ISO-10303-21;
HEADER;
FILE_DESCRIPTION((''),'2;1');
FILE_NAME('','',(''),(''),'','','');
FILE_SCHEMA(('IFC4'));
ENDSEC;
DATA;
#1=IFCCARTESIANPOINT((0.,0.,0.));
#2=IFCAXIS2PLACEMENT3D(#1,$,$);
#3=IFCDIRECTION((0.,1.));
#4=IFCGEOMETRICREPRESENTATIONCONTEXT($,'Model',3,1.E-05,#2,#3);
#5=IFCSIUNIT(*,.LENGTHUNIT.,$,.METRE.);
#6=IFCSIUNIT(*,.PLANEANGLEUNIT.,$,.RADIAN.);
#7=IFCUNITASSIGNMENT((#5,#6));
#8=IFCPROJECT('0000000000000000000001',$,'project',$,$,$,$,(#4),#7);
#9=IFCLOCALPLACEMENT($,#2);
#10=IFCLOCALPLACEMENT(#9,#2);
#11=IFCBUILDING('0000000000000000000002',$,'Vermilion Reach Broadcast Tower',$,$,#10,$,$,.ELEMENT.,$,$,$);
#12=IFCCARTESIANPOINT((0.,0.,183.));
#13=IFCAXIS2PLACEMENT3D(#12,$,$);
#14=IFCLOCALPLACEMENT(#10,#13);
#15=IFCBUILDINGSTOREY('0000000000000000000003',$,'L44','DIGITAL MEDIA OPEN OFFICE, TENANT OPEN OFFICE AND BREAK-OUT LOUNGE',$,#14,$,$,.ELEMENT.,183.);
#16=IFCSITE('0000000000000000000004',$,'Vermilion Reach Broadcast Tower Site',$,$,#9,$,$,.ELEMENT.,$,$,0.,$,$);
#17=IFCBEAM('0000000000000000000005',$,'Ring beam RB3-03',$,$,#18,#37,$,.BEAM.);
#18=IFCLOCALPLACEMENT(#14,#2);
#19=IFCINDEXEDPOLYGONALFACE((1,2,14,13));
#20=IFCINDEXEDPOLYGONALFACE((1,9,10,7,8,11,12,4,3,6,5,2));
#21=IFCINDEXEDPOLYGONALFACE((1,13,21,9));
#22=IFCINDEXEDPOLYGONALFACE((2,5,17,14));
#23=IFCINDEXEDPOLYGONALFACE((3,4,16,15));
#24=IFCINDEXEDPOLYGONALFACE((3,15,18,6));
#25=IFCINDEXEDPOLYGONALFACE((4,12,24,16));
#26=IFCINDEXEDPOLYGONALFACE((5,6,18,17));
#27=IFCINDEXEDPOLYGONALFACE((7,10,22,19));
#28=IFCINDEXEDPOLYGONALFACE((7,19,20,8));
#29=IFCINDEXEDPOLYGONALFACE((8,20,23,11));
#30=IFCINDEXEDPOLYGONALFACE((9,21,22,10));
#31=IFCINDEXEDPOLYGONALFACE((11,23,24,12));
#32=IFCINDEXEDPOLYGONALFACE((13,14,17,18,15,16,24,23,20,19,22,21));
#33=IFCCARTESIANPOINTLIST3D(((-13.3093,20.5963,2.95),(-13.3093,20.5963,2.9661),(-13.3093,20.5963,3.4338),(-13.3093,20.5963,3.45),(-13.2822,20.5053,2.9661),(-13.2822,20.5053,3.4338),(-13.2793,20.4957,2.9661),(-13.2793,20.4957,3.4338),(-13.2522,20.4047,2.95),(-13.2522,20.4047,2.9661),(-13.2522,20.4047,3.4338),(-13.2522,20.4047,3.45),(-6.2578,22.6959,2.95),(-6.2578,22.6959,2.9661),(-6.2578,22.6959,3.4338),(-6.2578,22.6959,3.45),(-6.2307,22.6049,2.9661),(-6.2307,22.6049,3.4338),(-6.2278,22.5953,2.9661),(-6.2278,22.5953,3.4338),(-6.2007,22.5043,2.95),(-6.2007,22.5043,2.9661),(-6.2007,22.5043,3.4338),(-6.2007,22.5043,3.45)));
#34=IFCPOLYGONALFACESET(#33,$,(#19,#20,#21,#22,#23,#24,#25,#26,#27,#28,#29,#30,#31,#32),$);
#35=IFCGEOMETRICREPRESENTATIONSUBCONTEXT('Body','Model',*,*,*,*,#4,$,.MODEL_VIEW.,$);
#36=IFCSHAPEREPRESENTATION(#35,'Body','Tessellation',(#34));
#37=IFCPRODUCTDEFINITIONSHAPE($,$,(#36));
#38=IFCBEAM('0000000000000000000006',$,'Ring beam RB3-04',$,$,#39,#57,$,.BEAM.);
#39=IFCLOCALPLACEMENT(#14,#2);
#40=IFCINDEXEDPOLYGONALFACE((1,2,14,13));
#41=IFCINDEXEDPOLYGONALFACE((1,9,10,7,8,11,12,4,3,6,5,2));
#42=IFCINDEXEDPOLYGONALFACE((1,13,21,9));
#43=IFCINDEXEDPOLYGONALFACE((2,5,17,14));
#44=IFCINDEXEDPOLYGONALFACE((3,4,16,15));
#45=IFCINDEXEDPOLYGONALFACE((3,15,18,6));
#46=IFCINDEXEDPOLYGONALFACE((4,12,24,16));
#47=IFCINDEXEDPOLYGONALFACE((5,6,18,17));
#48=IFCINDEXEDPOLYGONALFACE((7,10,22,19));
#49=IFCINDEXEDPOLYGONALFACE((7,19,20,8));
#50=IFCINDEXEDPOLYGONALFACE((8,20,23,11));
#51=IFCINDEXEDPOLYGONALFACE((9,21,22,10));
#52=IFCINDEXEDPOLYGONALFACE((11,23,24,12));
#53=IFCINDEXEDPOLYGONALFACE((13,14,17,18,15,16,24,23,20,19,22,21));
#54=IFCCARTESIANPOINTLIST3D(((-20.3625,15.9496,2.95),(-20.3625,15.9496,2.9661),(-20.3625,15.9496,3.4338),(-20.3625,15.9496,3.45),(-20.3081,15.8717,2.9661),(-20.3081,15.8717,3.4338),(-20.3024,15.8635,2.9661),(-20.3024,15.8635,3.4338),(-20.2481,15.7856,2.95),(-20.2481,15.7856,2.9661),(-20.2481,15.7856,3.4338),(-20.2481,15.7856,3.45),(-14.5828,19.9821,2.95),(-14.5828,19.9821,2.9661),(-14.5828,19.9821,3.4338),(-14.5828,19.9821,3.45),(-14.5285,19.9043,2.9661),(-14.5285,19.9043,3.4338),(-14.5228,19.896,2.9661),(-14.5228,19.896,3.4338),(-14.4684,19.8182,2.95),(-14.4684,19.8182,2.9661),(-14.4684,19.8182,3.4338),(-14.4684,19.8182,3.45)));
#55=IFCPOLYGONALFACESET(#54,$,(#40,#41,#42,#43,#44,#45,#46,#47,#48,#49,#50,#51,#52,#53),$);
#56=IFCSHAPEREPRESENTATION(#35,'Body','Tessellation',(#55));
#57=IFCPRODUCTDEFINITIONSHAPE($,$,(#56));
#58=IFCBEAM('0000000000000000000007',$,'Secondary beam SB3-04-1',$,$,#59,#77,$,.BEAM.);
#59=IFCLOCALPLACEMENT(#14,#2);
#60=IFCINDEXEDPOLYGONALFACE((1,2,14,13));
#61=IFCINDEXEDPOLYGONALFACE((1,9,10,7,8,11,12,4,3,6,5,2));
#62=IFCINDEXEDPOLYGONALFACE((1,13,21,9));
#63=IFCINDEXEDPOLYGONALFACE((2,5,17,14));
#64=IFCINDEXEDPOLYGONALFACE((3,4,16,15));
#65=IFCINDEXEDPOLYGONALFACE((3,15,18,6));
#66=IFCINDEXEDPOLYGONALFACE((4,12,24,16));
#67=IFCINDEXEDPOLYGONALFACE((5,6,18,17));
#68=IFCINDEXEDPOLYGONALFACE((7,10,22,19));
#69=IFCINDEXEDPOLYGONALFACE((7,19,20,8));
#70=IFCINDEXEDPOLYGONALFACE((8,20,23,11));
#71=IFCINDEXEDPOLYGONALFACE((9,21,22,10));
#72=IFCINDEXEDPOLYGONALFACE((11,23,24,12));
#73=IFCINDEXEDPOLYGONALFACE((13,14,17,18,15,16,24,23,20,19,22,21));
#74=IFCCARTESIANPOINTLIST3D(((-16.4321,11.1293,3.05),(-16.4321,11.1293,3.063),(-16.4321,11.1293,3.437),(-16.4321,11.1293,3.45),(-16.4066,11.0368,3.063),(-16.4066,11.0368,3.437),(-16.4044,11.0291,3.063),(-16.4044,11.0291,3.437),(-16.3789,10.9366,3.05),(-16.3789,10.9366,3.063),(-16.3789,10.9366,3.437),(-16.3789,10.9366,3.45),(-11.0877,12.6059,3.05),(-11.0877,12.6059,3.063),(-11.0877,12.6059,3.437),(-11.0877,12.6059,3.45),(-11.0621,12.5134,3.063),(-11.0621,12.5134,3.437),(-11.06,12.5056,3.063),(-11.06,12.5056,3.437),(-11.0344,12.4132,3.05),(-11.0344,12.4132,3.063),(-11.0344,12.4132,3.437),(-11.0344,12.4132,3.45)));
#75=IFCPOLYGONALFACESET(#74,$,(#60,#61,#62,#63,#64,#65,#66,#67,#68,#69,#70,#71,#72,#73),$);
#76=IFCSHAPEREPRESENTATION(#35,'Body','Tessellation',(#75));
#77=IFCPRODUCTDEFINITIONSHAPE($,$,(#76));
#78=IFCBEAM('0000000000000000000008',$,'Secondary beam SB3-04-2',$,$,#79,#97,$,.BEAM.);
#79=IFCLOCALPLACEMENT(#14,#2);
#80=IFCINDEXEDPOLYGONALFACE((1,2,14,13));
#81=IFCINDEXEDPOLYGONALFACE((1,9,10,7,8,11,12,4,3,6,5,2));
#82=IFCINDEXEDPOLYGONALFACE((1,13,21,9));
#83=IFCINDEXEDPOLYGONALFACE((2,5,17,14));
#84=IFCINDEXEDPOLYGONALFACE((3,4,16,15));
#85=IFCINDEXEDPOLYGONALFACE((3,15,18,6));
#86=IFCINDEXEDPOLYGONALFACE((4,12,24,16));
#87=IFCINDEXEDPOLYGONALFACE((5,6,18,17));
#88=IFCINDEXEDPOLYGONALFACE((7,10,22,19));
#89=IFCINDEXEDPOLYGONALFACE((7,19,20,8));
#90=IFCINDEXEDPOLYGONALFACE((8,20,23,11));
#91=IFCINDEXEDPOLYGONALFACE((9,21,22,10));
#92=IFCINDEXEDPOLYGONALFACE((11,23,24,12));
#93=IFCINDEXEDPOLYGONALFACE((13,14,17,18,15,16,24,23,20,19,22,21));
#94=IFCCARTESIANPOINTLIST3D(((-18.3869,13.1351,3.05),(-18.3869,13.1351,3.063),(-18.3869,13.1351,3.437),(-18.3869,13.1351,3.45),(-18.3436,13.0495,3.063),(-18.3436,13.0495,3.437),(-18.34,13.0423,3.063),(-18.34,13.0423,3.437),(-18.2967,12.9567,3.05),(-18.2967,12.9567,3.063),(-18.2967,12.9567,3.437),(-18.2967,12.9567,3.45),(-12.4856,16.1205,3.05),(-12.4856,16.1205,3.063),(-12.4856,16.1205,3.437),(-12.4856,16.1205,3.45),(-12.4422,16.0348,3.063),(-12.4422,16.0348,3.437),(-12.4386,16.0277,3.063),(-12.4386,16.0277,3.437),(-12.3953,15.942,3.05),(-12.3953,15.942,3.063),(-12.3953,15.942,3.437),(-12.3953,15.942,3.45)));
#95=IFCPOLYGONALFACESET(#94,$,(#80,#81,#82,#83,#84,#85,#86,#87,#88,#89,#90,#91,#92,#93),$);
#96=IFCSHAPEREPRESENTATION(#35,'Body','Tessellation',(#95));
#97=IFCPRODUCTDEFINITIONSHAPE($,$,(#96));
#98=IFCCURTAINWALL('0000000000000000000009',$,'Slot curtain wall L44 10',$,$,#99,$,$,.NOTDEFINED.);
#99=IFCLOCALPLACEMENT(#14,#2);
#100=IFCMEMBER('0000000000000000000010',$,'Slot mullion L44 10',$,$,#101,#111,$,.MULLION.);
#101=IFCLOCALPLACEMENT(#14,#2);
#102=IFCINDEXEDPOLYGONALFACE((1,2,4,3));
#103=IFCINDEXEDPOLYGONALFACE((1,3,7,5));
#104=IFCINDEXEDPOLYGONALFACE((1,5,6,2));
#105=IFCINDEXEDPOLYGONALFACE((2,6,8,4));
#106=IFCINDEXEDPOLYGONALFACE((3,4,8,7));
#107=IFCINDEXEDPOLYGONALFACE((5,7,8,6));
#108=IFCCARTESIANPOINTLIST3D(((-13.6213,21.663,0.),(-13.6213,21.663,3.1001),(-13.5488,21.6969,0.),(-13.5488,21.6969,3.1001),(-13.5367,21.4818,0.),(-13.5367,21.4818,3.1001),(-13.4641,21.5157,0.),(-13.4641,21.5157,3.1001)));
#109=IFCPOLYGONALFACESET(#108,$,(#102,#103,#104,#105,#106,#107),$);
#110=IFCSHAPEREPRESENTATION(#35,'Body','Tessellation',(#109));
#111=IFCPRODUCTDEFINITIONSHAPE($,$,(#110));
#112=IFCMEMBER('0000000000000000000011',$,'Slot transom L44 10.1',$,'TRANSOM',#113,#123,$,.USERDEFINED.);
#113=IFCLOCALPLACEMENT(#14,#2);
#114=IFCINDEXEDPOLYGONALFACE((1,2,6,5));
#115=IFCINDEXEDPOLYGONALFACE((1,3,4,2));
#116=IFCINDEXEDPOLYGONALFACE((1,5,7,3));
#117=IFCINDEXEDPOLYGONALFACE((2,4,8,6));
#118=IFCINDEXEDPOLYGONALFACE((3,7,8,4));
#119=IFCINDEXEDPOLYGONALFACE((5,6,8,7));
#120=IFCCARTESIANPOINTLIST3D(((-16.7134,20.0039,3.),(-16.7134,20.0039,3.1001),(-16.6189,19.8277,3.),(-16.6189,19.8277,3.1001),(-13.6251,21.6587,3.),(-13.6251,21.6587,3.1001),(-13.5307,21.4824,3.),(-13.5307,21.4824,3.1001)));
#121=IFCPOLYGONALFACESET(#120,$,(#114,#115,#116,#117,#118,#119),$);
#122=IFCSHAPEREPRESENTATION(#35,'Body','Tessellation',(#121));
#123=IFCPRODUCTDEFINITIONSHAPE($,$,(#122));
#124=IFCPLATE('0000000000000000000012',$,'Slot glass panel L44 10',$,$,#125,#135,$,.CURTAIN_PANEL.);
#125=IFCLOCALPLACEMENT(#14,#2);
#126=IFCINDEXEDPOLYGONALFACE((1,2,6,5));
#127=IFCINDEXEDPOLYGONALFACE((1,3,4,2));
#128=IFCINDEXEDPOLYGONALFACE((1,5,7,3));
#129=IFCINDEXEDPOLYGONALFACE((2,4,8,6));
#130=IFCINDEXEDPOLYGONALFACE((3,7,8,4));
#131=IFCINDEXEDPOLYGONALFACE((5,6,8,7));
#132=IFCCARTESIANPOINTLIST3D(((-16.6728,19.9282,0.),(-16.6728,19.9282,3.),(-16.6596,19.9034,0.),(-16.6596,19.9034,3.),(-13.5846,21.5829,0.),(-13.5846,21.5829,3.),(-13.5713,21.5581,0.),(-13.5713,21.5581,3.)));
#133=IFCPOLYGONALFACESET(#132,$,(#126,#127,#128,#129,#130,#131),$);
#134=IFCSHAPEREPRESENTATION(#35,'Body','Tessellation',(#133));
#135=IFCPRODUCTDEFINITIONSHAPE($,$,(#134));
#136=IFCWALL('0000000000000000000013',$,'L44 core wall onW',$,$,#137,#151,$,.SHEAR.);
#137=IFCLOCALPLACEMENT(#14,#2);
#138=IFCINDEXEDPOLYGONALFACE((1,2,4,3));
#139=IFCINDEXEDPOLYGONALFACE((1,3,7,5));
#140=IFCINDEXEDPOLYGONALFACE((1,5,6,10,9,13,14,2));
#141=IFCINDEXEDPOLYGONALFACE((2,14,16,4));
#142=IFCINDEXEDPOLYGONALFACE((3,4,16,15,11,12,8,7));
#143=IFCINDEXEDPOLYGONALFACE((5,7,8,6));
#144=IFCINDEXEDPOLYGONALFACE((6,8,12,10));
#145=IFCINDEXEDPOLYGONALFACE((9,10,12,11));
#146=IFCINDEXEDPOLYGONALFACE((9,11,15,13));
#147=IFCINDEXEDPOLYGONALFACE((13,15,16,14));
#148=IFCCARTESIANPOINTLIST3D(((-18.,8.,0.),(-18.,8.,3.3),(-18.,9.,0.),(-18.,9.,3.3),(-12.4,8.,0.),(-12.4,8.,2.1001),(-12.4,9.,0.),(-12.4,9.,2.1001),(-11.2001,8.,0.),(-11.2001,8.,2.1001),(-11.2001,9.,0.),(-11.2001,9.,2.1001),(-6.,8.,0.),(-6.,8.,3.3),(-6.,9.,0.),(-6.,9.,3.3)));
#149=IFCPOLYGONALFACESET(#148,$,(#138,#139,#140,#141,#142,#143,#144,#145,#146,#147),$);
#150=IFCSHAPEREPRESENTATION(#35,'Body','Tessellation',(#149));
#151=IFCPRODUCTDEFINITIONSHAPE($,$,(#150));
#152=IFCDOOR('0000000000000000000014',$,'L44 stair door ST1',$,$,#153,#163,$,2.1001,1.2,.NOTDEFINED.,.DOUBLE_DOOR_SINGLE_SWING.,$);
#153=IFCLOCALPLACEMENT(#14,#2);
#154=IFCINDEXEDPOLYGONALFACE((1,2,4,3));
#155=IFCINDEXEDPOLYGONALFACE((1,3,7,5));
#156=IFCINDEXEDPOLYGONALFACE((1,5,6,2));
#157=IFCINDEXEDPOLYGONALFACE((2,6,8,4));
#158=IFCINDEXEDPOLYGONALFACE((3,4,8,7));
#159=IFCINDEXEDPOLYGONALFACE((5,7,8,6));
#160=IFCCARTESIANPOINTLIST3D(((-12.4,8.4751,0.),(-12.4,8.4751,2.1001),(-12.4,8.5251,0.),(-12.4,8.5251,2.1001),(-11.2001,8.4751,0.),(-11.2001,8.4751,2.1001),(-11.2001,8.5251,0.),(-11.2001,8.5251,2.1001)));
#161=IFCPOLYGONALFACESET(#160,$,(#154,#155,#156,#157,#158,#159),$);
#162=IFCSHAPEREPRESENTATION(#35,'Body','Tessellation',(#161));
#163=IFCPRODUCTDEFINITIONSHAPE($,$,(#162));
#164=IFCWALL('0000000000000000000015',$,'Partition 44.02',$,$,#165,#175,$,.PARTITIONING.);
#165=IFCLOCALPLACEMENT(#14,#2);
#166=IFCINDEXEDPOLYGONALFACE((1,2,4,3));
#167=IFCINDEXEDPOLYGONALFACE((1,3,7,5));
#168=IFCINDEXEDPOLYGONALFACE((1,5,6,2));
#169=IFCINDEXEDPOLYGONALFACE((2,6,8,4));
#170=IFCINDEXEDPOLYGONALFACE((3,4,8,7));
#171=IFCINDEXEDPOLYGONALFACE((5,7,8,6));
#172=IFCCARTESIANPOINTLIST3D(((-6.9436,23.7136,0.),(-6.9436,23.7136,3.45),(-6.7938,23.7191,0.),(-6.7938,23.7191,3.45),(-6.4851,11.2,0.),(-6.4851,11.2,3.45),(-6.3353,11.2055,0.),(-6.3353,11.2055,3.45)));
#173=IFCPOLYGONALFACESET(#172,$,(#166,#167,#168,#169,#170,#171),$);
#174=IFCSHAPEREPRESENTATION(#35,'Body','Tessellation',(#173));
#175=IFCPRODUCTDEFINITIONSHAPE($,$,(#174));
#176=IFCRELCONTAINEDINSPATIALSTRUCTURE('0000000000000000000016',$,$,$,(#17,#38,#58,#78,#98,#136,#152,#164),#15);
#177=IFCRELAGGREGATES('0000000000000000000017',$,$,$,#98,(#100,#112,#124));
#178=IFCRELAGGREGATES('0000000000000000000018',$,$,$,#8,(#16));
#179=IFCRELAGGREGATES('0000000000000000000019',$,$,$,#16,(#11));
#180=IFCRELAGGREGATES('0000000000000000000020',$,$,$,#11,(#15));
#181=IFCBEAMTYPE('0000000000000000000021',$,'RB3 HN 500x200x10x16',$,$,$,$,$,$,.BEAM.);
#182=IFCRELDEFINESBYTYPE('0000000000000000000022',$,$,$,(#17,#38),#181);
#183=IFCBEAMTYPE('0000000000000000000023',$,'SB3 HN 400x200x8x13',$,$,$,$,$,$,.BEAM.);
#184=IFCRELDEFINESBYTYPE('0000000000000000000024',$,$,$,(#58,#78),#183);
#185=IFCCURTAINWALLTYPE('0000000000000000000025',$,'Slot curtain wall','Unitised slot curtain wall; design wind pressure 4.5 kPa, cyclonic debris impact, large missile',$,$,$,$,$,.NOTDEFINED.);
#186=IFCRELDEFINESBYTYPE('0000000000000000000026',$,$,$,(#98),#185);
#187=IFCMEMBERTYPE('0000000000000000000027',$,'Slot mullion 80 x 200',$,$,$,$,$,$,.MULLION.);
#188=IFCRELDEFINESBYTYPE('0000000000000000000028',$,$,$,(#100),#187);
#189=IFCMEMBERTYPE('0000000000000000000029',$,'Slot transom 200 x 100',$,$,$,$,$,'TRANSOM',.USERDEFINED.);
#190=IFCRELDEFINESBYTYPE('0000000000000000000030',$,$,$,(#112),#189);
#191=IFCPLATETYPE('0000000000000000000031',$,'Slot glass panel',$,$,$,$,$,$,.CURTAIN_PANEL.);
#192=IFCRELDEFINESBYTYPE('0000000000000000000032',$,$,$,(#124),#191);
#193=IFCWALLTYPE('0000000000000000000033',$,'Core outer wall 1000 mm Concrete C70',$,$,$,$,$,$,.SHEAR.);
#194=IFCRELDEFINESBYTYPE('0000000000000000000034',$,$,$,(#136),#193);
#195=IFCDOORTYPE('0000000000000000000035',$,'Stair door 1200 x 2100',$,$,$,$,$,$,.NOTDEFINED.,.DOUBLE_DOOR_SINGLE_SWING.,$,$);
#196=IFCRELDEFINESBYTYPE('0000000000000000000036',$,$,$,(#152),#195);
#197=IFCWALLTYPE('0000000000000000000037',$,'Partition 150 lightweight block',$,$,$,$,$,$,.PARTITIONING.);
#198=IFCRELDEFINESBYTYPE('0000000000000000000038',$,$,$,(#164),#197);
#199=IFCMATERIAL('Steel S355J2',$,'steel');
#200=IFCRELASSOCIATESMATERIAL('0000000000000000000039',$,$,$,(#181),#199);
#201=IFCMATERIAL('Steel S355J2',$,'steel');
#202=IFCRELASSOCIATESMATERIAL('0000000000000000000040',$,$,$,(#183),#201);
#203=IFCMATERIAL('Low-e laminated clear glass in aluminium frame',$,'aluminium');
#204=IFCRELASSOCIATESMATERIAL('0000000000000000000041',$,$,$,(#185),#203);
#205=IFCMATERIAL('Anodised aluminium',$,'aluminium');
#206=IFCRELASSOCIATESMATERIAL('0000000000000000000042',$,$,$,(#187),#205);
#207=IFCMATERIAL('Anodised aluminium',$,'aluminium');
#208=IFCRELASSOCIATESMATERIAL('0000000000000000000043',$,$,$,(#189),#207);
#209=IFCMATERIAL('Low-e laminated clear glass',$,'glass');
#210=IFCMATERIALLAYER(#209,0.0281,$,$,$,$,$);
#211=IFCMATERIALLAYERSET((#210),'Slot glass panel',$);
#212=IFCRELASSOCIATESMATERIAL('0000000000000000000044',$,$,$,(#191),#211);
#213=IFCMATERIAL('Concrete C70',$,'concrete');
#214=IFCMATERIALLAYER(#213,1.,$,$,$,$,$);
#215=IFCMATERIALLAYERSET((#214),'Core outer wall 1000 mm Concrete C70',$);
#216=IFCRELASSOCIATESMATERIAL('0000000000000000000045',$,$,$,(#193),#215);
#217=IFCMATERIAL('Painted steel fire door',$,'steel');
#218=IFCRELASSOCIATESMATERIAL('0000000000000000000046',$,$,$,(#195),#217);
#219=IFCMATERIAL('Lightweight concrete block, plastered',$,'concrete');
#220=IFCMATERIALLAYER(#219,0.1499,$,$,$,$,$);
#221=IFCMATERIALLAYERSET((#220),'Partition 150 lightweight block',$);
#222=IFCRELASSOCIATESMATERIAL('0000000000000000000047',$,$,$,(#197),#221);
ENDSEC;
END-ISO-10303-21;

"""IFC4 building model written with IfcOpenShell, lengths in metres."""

from ifc_helpers import new_model, si_unit, direction, frame, frame_2d, origin, origin_2d, place, context, subcontext, project, spatial, rectangle, i_section, extrude, material, layer, layer_set, material_profile, profile_set, type_object, element, fill, aggregate, save


model = new_model("IFC4")

# Units and contexts
model_context = context("Model", 3, precision=1e-05, world=origin(), true_north=direction((0.0, 1.0)))
body_context = subcontext(model_context, "Body", "Model", "MODEL_VIEW")
ifc_project = project(units=[si_unit("LENGTHUNIT", "METRE"), si_unit("PLANEANGLEUNIT", "RADIAN")], contexts=[model_context])

# Site, building, storey
site_placement = place(None, origin())
site = spatial("IfcSite", under=ifc_project, at=site_placement, Name="Vermilion Reach Broadcast Tower Site", CompositionType="ELEMENT", RefElevation=0.0)
building_placement = place(site_placement, origin())
building = spatial("IfcBuilding", under=site, at=building_placement, Name="Vermilion Reach Broadcast Tower", CompositionType="ELEMENT")
storey_placement = place(building_placement, frame((0.0, 0.0, 183.0)))
storey = spatial("IfcBuildingStorey", under=building, at=storey_placement, Name="L44", Description="DIGITAL MEDIA OPEN OFFICE, TENANT OPEN OFFICE AND BREAK-OUT LOUNGE", CompositionType="ELEMENT", Elevation=183.0)

# Beams
ifc_material_1 = material(Name="Steel S355J2", Category="steel")
ifc_material_profile_1 = material_profile(ifc_material_1, i_section(OverallWidth=0.2, OverallDepth=0.5, WebThickness=0.01, FlangeThickness=0.0161, at=origin_2d()), Name="S355J2 HN 500x200x10x16")
ifc_profile_set_1 = profile_set([ifc_material_profile_1], Name="Steel S355J2")
beam_type_1 = type_object("IfcBeamType", Name="RB3 HN 500x200x10x16", PredefinedType="BEAM", material=ifc_profile_set_1)
beam_1_placement = place(storey_placement, frame((-6.2292, 22.6001, 3.2), z_axis=(-0.958417, -0.285372, 0.0), x_axis=(0.285372, -0.958417, 0.0)))
element("IfcBeam", 1, at=beam_1_placement, inside=storey, type_object=beam_type_1, Name="Ring beam RB3-03", PredefinedType="BEAM", context=body_context, shape_type="SweptSolid", body=[
    extrude(i_section(OverallWidth=0.2, OverallDepth=0.5, WebThickness=0.01, FlangeThickness=0.0161, at=origin_2d()), origin(), (0.0, 0.0, 1.0), 7.3574),
])
beam_2_placement = place(storey_placement, frame((-14.5256, 19.9001, 3.2), z_axis=(-0.820111, -0.572204, 0.0), x_axis=(0.572204, -0.820111, 0.0)))
element("IfcBeam", 2, at=beam_2_placement, inside=storey, type_object=beam_type_1, Name="Ring beam RB3-04", PredefinedType="BEAM", context=body_context, shape_type="SweptSolid", body=[
    extrude(i_section(OverallWidth=0.2, OverallDepth=0.5, WebThickness=0.01, FlangeThickness=0.0161, at=origin_2d()), origin(), (0.0, 0.0, 1.0), 7.0474),
])
ifc_material_2 = material(Name="Steel S355J2", Category="steel")
ifc_material_profile_2 = material_profile(ifc_material_2, i_section(OverallWidth=0.2, OverallDepth=0.3999, WebThickness=0.0081, FlangeThickness=0.0129, at=origin_2d()), Name="S355J2 HN 400x200x8x13")
ifc_profile_set_2 = profile_set([ifc_material_profile_2], Name="Steel S355J2")
beam_type_2 = type_object("IfcBeamType", Name="SB3 HN 400x200x8x13", PredefinedType="BEAM", material=ifc_profile_set_2)
beam_3_placement = place(storey_placement, frame((-11.061, 12.5095, 3.25), z_axis=(-0.96389, -0.266301, 0.0), x_axis=(0.266301, -0.96389, 0.0)))
element("IfcBeam", 3, at=beam_3_placement, inside=storey, type_object=beam_type_2, Name="Secondary beam SB3-04-1", PredefinedType="BEAM", context=body_context, shape_type="SweptSolid", body=[
    extrude(i_section(OverallWidth=0.2, OverallDepth=0.3999, WebThickness=0.0081, FlangeThickness=0.0129, at=origin_2d()), origin(), (0.0, 0.0, 1.0), 5.5447),
])
beam_4_placement = place(storey_placement, frame((-12.4404, 16.0312, 3.25), z_axis=(-0.892321, -0.451402, 0.0), x_axis=(0.451402, -0.892321, 0.0)))
element("IfcBeam", 4, at=beam_4_placement, inside=storey, type_object=beam_type_2, Name="Secondary beam SB3-04-2", PredefinedType="BEAM", context=body_context, shape_type="SweptSolid", body=[
    extrude(i_section(OverallWidth=0.2, OverallDepth=0.3999, WebThickness=0.0081, FlangeThickness=0.0129, at=origin_2d()), origin(), (0.0, 0.0, 1.0), 6.6135),
])

# Curtain wall, members, plate
ifc_material_3 = material(Name="Low-e laminated clear glass in aluminium frame", Category="aluminium")
curtain_wall_type = type_object("IfcCurtainWallType", Name="Slot curtain wall", Description="Unitised slot curtain wall; design wind pressure 4.5 kPa, cyclonic debris impact, large missile", PredefinedType="NOTDEFINED", material=ifc_material_3)
curtain_wall_placement = place(storey_placement, origin())
curtain_wall = element("IfcCurtainWall", 5, at=curtain_wall_placement, inside=storey, type_object=curtain_wall_type, Name="Slot curtain wall L44 10", PredefinedType="NOTDEFINED")
ifc_material_4 = material(Name="Anodised aluminium", Category="aluminium")
ifc_material_profile_3 = material_profile(ifc_material_4, rectangle(XDim=0.2, YDim=0.0801, at=origin_2d()), Name="Slot mullion 80 x 200")
ifc_profile_set_3 = profile_set([ifc_material_profile_3], Name="Anodised aluminium")
member_type_1 = type_object("IfcMemberType", Name="Slot mullion 80 x 200", PredefinedType="MULLION", material=ifc_profile_set_3)
member_1_placement = place(storey_placement, frame((-13.5427, 21.5894, 0.0), z_axis=(0.0, 0.0, 1.0), x_axis=(0.423235, -0.90602, 0.0)))
member_1 = element("IfcMember", 6, at=member_1_placement, type_object=member_type_1, Name="Slot mullion L44 10", PredefinedType="MULLION", context=body_context, shape_type="SweptSolid", body=[
    extrude(rectangle(XDim=0.2, YDim=0.0801, at=origin_2d()), origin(), (0.0, 0.0, 1.0), 3.1001),
])
ifc_material_5 = material(Name="Anodised aluminium", Category="aluminium")
ifc_material_profile_4 = material_profile(ifc_material_5, rectangle(XDim=0.2, YDim=0.1001, at=origin_2d()), Name="Slot transom 200 x 100")
ifc_profile_set_4 = profile_set([ifc_material_profile_4], Name="Anodised aluminium")
member_type_2 = type_object("IfcMemberType", Name="Slot transom 200 x 100", ElementType="TRANSOM", PredefinedType="USERDEFINED", material=ifc_profile_set_4)
member_2_placement = place(storey_placement, frame((-13.5779, 21.5706, 3.05), z_axis=(-0.881445, -0.472287, 0.0), x_axis=(0.472287, -0.881445, 0.0)))
member_2 = element("IfcMember", 7, at=member_2_placement, type_object=member_type_2, Name="Slot transom L44 10.1", ObjectType="TRANSOM", PredefinedType="USERDEFINED", context=body_context, shape_type="SweptSolid", body=[
    extrude(rectangle(XDim=0.2, YDim=0.1001, at=origin_2d()), origin(), (0.0, 0.0, 1.0), 3.5037),
])
ifc_material_6 = material(Name="Low-e laminated clear glass", Category="glass")
ifc_layer_1 = layer(ifc_material_6, 0.0281)
ifc_layer_set_1 = layer_set([ifc_layer_1], Name="Slot glass panel")
plate_type = type_object("IfcPlateType", Name="Slot glass panel", PredefinedType="CURTAIN_PANEL", material=ifc_layer_set_1)
plate_placement = place(storey_placement, frame((-15.1221, 20.7432, 0.0), z_axis=(0.0, 0.0, 1.0), x_axis=(-0.881448, -0.472281, 0.0)))
plate = element("IfcPlate", 8, at=plate_placement, type_object=plate_type, Name="Slot glass panel L44 10", PredefinedType="CURTAIN_PANEL", context=body_context, shape_type="SweptSolid", body=[
    extrude(rectangle(XDim=3.5037, YDim=0.0281, at=origin_2d()), origin(), (0.0, 0.0, 1.0), 3.0),
])
aggregate(curtain_wall, [member_1, member_2, plate])

# Wall, opening, door
ifc_material_7 = material(Name="Concrete C70", Category="concrete")
ifc_layer_2 = layer(ifc_material_7, 1.0)
ifc_layer_set_2 = layer_set([ifc_layer_2], Name="Core outer wall 1000 mm Concrete C70")
wall_type_1 = type_object("IfcWallType", Name="Core outer wall 1000 mm Concrete C70", PredefinedType="SHEAR", material=ifc_layer_set_2)
wall_1_placement = place(storey_placement, frame((-6.0, 8.5, 0.0), z_axis=(0.0, 0.0, 1.0), x_axis=(-1.0, 0.0, 0.0)))
wall_1 = element("IfcWall", 9, at=wall_1_placement, inside=storey, type_object=wall_type_1, Name="L44 core wall onW", PredefinedType="SHEAR", context=body_context, shape_type="SweptSolid", body=[
    extrude(rectangle(XDim=12.0, YDim=1.0, at=frame_2d((6.0, 0.0))), origin(), (0.0, 0.0, 1.0), 3.3),
])
opening_1_placement = place(wall_1_placement, frame((5.2, 0.0, 0.0)))
opening_1 = element("IfcOpeningElement", 10, at=opening_1_placement, cuts=wall_1, PredefinedType="OPENING", context=body_context, shape_type="SweptSolid", body=[
    extrude(rectangle(XDim=1.2, YDim=2.1001, at=frame_2d((0.6001, 1.05))), frame((0.0, 0.51, 0.0), z_axis=(0.0, -1.0, 0.0), x_axis=(1.0, 0.0, 0.0)), (0.0, 0.0, 1.0), 1.02),
])
ifc_material_8 = material(Name="Painted steel fire door", Category="steel")
door_type_1 = type_object("IfcDoorType", Name="Stair door 1200 x 2100", OperationType="DOUBLE_DOOR_SINGLE_SWING", PredefinedType="NOTDEFINED", material=ifc_material_8)
door_1_placement = place(opening_1_placement, origin())
door_1 = element("IfcDoor", 11, at=door_1_placement, inside=storey, type_object=door_type_1, Name="L44 stair door ST1", OperationType="DOUBLE_DOOR_SINGLE_SWING", OverallHeight=2.1001, OverallWidth=1.2, PredefinedType="NOTDEFINED", context=body_context, shape_type="SweptSolid", body=[
    extrude(rectangle(XDim=1.2, YDim=2.1001, at=frame_2d((0.6001, 1.05))), frame((0.0, 0.0249, 0.0), z_axis=(0.0, -1.0, 0.0), x_axis=(1.0, 0.0, 0.0)), (0.0, 0.0, 1.0), 0.05),
])
fill(opening_1, door_1)

# Wall
ifc_material_9 = material(Name="Lightweight concrete block, plastered", Category="concrete")
ifc_layer_3 = layer(ifc_material_9, 0.1499)
ifc_layer_set_3 = layer_set([ifc_layer_3], Name="Partition 150 lightweight block")
wall_type_2 = type_object("IfcWallType", Name="Partition 150 lightweight block", PredefinedType="PARTITIONING", material=ifc_layer_set_3)
wall_2_placement = place(storey_placement, frame((-6.8687, 23.7163, 0.0), z_axis=(0.0, 0.0, 1.0), x_axis=(0.036615, -0.999329, 0.0)))
element("IfcWall", 12, at=wall_2_placement, inside=storey, type_object=wall_type_2, Name="Partition 44.02", PredefinedType="PARTITIONING", context=body_context, shape_type="SweptSolid", body=[
    extrude(rectangle(XDim=12.522, YDim=0.1499, at=frame_2d((6.261, 0.0))), origin(), (0.0, 0.0, 1.0), 3.45),
])

save(model, "model.ifc")
